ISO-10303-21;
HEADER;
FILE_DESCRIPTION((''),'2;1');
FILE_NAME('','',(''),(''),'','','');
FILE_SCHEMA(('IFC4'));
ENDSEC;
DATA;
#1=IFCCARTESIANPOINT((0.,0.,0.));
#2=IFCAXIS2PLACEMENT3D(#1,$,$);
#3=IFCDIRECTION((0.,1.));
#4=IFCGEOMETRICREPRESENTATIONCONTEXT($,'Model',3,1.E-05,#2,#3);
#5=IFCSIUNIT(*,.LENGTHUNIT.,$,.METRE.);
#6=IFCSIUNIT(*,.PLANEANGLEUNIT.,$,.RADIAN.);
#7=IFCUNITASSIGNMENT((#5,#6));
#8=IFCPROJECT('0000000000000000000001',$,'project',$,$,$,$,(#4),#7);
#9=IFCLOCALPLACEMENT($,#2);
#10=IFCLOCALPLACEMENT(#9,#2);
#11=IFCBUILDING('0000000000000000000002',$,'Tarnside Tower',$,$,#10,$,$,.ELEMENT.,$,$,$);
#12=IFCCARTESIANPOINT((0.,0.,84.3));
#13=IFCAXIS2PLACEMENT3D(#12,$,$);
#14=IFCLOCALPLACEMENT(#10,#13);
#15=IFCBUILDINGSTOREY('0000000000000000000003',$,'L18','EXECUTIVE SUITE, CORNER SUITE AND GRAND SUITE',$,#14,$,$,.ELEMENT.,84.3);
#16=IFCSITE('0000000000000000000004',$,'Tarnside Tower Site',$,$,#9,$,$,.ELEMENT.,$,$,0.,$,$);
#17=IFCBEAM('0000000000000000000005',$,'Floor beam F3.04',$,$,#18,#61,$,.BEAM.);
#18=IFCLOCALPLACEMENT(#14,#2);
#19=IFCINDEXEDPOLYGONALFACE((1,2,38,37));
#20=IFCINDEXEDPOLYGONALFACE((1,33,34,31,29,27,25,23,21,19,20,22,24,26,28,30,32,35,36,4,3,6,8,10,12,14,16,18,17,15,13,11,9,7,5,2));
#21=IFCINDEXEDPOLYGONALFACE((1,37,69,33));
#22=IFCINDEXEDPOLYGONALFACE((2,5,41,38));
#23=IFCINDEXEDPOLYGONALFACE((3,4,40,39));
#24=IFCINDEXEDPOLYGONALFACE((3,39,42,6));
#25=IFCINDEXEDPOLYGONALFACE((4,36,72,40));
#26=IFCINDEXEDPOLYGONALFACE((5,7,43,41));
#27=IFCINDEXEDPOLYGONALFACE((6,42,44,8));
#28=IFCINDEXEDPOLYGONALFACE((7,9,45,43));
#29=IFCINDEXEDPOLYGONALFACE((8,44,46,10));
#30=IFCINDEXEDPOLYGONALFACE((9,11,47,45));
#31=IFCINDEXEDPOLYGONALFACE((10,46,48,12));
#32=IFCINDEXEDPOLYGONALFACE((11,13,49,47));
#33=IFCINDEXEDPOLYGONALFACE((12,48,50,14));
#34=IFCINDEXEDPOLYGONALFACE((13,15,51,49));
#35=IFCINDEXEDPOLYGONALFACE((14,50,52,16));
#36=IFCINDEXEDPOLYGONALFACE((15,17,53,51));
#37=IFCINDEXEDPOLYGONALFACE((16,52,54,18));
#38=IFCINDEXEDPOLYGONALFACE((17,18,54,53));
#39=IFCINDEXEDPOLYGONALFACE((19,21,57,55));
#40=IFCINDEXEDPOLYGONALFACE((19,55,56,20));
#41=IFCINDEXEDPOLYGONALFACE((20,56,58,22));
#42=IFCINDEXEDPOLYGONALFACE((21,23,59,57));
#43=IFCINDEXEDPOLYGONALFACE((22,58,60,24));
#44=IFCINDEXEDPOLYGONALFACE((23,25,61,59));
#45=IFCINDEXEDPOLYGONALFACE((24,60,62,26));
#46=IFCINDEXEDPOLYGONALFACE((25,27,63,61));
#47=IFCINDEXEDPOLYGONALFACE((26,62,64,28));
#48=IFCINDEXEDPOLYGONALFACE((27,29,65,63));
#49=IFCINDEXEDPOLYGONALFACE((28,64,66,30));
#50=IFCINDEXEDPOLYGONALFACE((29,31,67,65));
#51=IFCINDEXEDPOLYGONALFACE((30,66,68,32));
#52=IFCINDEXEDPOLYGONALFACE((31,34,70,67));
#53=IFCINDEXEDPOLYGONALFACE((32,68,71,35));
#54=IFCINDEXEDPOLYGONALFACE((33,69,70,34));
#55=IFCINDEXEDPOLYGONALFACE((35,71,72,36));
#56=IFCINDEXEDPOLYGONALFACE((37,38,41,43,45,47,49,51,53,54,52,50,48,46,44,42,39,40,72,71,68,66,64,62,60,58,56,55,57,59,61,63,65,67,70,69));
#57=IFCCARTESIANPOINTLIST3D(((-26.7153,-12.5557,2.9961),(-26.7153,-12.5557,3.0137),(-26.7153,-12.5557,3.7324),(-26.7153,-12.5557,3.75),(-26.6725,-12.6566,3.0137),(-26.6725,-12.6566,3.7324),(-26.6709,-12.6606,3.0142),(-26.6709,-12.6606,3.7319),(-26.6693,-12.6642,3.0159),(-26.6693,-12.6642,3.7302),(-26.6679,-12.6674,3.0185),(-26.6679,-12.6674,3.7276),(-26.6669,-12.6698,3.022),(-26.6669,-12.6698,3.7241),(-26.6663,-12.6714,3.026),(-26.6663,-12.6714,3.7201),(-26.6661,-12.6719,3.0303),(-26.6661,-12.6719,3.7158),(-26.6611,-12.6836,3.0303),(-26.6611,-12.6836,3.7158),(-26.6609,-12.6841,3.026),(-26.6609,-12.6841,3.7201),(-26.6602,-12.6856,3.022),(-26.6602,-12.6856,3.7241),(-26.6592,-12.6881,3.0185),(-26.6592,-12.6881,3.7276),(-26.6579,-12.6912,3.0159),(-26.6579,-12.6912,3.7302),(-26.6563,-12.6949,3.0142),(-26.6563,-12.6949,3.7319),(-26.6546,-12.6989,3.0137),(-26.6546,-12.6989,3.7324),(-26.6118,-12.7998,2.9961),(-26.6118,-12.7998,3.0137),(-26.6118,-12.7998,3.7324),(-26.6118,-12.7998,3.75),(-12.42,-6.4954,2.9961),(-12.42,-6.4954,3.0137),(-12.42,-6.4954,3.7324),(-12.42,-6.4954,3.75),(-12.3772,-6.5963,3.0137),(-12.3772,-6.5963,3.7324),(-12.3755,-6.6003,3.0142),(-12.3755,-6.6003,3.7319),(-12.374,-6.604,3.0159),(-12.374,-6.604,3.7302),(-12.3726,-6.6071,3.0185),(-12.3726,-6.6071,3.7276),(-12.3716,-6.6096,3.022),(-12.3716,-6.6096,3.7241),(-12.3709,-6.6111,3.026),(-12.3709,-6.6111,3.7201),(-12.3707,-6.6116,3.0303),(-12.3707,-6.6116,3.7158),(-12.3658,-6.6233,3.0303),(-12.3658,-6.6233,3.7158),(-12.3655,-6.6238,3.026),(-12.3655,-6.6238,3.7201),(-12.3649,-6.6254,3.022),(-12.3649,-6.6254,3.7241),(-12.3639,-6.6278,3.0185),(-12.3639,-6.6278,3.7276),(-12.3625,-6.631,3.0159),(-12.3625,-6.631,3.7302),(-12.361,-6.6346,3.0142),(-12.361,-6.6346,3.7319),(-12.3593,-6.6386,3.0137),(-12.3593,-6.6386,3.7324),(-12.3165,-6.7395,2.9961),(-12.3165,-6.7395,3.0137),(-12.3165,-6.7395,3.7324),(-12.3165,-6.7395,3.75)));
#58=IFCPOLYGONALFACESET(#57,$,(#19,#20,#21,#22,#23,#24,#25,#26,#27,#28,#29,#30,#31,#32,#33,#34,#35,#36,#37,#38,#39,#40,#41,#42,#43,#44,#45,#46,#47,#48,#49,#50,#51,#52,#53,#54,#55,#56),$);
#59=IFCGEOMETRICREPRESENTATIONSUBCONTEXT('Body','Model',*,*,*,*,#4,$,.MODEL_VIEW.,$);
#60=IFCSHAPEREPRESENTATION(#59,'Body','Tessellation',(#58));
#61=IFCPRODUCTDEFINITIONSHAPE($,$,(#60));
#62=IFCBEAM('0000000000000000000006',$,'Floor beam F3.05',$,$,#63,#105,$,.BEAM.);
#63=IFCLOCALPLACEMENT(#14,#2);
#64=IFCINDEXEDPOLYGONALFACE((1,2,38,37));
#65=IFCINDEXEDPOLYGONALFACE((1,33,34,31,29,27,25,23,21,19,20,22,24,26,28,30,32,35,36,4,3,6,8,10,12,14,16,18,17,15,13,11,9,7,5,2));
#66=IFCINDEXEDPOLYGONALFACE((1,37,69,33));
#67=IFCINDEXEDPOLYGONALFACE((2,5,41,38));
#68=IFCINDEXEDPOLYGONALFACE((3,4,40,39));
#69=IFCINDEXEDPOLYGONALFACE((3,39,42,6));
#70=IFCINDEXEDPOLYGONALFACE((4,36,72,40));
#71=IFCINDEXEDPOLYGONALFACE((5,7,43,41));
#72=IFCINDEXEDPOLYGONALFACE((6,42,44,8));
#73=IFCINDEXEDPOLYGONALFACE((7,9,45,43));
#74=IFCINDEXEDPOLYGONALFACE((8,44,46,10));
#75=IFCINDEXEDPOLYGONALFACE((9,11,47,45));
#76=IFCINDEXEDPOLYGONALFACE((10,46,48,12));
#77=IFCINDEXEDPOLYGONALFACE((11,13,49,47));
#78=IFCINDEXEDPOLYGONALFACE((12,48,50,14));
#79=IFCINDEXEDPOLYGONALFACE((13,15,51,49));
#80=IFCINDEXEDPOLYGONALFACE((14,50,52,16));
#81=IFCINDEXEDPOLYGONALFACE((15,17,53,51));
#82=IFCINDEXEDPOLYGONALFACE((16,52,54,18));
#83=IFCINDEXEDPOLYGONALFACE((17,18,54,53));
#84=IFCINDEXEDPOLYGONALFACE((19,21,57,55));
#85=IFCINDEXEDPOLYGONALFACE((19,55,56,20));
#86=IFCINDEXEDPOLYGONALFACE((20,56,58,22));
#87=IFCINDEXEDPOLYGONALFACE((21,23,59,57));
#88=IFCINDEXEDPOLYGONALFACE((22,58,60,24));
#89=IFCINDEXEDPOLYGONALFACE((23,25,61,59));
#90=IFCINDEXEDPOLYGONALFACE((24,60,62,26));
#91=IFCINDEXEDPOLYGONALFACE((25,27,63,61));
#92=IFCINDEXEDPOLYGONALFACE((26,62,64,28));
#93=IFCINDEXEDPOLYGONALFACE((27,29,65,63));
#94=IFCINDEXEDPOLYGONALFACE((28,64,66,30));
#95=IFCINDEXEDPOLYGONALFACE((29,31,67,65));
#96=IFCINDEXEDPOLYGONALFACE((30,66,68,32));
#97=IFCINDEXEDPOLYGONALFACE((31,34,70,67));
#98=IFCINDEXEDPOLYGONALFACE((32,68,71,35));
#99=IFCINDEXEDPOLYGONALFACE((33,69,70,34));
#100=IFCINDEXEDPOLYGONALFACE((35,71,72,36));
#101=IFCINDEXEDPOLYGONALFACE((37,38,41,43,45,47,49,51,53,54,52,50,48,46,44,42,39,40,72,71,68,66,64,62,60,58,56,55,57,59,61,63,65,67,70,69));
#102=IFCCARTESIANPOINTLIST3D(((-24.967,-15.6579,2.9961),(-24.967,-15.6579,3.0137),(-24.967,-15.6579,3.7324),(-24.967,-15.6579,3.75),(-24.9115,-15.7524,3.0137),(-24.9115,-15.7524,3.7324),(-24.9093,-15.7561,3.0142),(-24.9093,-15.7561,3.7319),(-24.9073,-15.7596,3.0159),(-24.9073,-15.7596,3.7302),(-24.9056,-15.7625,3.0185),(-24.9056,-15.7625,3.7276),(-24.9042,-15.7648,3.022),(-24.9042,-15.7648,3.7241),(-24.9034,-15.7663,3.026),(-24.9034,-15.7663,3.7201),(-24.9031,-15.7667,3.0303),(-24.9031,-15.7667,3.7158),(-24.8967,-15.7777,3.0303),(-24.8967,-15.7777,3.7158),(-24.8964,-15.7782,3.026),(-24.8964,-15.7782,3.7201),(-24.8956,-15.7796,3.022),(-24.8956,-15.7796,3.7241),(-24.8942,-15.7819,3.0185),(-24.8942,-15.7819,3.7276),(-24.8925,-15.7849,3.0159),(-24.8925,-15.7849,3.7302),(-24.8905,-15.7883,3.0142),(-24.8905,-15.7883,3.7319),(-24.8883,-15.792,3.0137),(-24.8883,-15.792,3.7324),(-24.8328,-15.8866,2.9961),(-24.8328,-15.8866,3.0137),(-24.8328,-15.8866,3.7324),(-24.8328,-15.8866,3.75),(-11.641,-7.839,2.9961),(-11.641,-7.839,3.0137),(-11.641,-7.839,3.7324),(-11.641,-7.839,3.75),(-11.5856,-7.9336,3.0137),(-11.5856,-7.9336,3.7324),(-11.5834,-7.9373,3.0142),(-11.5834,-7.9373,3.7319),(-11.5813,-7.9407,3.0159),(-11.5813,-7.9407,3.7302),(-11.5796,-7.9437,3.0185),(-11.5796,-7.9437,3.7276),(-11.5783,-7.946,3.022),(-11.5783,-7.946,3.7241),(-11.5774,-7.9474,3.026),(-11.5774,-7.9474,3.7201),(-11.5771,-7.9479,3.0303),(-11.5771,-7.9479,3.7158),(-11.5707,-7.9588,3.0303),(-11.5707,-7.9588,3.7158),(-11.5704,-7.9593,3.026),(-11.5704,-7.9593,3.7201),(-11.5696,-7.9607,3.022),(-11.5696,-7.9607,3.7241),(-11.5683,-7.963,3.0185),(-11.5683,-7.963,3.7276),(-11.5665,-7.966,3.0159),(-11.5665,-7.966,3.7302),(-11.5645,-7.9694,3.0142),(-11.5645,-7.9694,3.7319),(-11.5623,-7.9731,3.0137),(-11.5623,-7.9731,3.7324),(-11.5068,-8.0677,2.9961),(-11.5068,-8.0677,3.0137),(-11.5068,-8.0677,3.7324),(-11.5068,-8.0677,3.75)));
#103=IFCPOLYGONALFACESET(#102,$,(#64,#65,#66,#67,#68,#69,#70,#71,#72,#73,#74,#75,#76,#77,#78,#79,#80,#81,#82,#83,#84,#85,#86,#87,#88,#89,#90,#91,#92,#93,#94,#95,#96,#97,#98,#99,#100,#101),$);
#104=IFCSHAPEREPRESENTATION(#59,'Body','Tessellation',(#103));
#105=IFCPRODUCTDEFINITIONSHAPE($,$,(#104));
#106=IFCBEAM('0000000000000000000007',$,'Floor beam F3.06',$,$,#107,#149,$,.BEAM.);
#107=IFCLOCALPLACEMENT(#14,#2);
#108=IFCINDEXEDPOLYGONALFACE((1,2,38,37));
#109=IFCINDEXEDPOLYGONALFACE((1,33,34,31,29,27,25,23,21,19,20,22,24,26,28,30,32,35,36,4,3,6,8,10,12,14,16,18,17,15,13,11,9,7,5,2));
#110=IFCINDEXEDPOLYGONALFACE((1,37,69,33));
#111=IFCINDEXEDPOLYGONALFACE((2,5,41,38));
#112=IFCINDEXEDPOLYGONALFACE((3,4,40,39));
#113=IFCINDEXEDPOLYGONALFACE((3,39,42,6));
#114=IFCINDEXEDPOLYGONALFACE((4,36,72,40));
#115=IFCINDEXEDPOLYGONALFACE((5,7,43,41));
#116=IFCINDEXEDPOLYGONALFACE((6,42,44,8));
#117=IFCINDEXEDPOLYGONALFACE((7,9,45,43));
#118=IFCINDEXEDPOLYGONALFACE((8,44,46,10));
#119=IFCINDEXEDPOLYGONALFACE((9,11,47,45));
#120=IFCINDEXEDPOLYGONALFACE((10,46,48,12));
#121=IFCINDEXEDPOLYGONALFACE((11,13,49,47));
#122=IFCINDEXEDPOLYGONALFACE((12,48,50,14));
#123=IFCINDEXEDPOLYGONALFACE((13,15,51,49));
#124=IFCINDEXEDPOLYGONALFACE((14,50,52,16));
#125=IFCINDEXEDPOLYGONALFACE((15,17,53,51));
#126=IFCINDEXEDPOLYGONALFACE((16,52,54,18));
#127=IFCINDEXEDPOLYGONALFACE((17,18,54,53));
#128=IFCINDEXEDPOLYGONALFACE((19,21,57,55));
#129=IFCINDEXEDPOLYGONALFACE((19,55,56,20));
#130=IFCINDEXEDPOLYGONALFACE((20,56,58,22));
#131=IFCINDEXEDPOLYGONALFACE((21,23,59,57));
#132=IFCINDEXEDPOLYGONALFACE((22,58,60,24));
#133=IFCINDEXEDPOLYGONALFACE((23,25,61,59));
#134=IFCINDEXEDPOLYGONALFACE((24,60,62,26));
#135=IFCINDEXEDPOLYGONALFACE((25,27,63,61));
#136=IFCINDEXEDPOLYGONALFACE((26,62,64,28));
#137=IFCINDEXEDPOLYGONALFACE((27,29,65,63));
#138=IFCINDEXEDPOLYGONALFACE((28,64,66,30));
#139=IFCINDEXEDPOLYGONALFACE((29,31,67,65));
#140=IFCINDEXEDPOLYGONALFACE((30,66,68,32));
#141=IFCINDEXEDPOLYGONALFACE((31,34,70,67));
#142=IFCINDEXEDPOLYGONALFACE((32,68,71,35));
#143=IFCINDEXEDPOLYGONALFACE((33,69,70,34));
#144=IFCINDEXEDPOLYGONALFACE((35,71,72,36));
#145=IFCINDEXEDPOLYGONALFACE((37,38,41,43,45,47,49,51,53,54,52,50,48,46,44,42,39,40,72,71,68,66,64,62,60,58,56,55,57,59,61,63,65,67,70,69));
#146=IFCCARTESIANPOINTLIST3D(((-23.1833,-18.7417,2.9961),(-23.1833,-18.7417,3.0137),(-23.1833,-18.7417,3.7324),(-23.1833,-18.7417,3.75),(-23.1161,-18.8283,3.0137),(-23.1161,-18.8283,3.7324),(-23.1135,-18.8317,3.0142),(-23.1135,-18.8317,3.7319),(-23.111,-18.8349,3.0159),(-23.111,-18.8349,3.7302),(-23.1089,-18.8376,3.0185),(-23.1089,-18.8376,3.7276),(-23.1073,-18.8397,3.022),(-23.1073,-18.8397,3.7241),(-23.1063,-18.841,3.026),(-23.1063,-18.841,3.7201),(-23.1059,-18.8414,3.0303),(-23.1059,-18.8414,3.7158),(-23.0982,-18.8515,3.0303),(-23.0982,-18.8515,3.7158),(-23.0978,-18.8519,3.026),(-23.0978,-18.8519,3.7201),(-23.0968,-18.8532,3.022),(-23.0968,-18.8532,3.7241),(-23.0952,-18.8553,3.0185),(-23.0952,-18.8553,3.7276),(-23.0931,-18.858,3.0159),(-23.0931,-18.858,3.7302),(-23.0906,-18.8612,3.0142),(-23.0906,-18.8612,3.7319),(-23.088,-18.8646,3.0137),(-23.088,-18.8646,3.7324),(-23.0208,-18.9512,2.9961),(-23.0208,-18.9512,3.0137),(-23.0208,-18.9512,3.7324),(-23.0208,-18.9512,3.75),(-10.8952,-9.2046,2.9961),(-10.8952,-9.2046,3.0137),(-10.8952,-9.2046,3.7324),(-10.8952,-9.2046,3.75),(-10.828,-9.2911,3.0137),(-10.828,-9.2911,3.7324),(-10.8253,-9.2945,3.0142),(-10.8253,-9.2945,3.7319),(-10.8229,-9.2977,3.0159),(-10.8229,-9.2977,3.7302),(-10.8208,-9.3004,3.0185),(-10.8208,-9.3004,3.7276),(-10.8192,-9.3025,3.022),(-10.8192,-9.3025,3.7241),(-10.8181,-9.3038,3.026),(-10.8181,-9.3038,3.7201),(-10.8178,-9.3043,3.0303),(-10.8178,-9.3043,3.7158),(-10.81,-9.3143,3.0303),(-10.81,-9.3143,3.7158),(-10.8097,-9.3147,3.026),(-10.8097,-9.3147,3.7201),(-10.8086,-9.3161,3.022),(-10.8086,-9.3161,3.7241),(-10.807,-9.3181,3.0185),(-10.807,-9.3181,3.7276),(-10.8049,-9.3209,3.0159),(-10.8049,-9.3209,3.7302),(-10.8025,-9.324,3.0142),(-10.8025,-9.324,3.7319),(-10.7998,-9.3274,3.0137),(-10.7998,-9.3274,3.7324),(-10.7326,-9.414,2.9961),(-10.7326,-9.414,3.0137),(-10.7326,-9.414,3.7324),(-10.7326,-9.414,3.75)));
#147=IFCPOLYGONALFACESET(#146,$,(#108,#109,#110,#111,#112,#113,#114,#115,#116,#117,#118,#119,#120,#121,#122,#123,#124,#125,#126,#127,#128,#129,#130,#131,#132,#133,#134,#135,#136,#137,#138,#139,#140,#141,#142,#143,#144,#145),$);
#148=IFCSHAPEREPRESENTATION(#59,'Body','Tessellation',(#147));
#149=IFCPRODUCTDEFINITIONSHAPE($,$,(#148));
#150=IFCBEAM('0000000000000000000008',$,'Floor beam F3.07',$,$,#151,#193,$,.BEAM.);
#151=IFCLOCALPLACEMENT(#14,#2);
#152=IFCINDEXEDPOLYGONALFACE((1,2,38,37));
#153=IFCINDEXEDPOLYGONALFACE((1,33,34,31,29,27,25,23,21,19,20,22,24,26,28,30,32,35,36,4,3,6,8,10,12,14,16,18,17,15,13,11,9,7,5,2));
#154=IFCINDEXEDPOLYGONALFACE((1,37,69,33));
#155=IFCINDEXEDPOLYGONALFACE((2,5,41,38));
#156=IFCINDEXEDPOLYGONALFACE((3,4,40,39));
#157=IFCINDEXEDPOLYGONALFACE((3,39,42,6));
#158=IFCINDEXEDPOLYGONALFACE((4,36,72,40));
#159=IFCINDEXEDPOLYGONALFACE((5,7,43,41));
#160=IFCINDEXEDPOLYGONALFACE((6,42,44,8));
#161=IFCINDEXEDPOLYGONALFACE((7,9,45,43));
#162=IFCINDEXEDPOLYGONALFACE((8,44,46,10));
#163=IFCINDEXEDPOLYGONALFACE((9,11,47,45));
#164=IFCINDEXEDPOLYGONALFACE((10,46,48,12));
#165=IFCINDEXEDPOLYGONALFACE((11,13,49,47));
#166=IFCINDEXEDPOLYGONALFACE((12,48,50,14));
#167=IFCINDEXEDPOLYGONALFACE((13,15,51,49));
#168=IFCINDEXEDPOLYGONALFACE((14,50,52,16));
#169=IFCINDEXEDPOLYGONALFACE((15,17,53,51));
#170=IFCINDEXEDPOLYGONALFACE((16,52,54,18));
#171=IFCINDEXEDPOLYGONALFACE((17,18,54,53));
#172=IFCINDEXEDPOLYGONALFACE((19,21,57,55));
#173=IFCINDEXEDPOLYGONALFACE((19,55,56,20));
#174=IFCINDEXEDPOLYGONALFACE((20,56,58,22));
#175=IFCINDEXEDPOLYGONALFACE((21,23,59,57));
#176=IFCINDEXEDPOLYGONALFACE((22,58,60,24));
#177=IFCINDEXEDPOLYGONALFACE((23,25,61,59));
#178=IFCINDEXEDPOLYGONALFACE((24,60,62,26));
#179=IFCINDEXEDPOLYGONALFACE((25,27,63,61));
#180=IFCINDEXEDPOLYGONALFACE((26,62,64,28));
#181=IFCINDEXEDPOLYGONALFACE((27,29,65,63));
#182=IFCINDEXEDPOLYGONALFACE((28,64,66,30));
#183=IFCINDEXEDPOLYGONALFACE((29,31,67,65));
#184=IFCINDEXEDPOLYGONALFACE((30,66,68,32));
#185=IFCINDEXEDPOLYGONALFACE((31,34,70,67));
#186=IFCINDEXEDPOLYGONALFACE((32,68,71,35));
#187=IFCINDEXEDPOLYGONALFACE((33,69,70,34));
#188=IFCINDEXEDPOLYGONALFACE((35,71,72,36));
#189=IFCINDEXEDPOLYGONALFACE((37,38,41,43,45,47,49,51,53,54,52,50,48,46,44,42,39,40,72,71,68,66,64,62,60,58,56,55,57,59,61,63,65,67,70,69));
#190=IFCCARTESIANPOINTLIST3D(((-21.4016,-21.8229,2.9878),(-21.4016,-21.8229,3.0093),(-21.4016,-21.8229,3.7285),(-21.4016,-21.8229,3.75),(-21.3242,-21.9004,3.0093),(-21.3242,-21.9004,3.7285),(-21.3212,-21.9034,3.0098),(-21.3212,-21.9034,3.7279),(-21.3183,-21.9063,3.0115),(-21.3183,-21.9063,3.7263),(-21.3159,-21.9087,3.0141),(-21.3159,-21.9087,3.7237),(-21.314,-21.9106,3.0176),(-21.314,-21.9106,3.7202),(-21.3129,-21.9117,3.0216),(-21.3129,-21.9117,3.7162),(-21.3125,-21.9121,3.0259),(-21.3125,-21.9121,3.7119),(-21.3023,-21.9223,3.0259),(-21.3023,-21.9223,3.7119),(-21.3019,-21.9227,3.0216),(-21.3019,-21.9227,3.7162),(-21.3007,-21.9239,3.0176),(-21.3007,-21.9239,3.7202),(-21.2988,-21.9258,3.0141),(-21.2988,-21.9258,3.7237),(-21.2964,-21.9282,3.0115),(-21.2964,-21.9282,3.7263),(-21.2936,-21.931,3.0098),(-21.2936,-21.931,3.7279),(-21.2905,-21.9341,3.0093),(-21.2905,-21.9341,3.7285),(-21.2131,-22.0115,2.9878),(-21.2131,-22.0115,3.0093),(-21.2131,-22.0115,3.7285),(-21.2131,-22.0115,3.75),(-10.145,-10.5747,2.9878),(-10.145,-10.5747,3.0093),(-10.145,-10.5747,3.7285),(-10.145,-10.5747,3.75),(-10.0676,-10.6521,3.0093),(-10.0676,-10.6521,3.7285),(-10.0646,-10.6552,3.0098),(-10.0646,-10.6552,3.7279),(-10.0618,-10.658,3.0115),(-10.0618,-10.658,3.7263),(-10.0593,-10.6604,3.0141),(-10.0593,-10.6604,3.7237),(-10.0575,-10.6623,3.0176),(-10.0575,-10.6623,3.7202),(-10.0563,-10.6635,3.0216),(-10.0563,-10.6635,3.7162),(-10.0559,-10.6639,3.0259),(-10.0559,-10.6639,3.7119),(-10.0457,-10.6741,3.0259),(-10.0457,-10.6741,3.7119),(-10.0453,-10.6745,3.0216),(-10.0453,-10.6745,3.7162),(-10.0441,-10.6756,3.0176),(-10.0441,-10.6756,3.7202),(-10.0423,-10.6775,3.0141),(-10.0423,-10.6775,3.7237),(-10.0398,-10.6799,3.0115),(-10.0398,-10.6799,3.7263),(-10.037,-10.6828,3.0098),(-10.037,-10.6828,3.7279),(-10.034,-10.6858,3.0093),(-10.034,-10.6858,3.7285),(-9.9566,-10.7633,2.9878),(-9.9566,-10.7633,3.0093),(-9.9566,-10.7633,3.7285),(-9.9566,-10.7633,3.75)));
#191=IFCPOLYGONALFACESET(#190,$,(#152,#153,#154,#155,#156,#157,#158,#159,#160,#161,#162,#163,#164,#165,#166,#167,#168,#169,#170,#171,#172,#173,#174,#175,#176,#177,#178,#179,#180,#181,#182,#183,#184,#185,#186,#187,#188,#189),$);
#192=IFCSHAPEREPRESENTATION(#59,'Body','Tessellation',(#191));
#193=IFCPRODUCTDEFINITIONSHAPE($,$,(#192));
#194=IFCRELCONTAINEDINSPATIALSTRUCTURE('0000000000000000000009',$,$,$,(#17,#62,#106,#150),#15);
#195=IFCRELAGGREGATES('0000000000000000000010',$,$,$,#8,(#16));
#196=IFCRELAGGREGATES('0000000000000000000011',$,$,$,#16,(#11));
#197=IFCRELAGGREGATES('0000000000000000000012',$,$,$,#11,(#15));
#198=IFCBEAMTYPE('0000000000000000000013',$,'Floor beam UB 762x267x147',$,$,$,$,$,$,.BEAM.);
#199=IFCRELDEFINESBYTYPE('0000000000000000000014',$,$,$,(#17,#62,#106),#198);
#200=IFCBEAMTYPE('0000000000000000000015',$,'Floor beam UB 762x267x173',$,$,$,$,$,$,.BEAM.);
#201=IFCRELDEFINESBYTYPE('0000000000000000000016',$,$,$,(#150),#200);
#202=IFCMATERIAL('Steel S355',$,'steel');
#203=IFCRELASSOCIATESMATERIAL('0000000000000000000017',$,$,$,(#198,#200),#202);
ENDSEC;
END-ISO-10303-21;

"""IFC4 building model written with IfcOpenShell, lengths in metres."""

from ifc_helpers import new_model, si_unit, direction, frame, origin, origin_2d, place, context, subcontext, project, spatial, i_section, extrude, material, material_profile, profile_set, type_object, element, save


model = new_model("IFC4")

# Units and contexts
model_context = context("Model", 3, precision=1e-05, world=origin(), true_north=direction((0.0, 1.0)))
body_context = subcontext(model_context, "Body", "Model", "MODEL_VIEW")
ifc_project = project(units=[si_unit("LENGTHUNIT", "METRE"), si_unit("PLANEANGLEUNIT", "RADIAN")], contexts=[model_context])

# Site, building, storey
site_placement = place(None, origin())
site = spatial("IfcSite", under=ifc_project, at=site_placement, Name="Tarnside Tower Site", CompositionType="ELEMENT", RefElevation=0.0)
building_placement = place(site_placement, origin())
building = spatial("IfcBuilding", under=site, at=building_placement, Name="Tarnside Tower", CompositionType="ELEMENT")
storey_placement = place(building_placement, frame((0.0, 0.0, 84.3)))
storey = spatial("IfcBuildingStorey", under=building, at=storey_placement, Name="L18", Description="EXECUTIVE SUITE, CORNER SUITE AND GRAND SUITE", CompositionType="ELEMENT", Elevation=84.3)

# Beams
ifc_material_1 = material(Name="Steel S355", Category="steel")
ifc_material_profile_1 = material_profile(ifc_material_1, i_section(OverallWidth=0.2651, OverallDepth=0.7539, WebThickness=0.0127, FlangeThickness=0.0176, FilletRadius=0.0166, at=origin_2d()), Name="UB 762x267x147")
ifc_profile_set_1 = profile_set([ifc_material_profile_1], Name="Steel S355")
beam_type_1 = type_object("IfcBeamType", Name="Floor beam UB 762x267x147", PredefinedType="BEAM", material=ifc_profile_set_1)
beam_1_placement = place(storey_placement, frame((-26.6636, -12.6777, 3.373), z_axis=(0.920684, 0.390309, 0.0), x_axis=(-0.390309, 0.920684, 0.0)))
element("IfcBeam", 1, at=beam_1_placement, inside=storey, type_object=beam_type_1, Name="Floor beam F3.04", PredefinedType="BEAM", context=body_context, shape_type="SweptSolid", body=[
    extrude(i_section(OverallWidth=0.2651, OverallDepth=0.7539, WebThickness=0.0127, FlangeThickness=0.0176, FilletRadius=0.0166, at=origin_2d()), origin(), (0.0, 0.0, 1.0), 15.5269),
])
beam_2_placement = place(storey_placement, frame((-24.8999, -15.7722, 3.373), z_axis=(0.862498, 0.506061, 0.0), x_axis=(-0.506061, 0.862498, 0.0)))
element("IfcBeam", 2, at=beam_2_placement, inside=storey, type_object=beam_type_1, Name="Floor beam F3.05", PredefinedType="BEAM", context=body_context, shape_type="SweptSolid", body=[
    extrude(i_section(OverallWidth=0.2651, OverallDepth=0.7539, WebThickness=0.0127, FlangeThickness=0.0176, FilletRadius=0.0166, at=origin_2d()), origin(), (0.0, 0.0, 1.0), 15.4504),
])
beam_3_placement = place(storey_placement, frame((-23.1021, -18.8464, 3.373), z_axis=(0.789984, 0.613128, 0.0), x_axis=(-0.613128, 0.789984, 0.0)))
element("IfcBeam", 3, at=beam_3_placement, inside=storey, type_object=beam_type_1, Name="Floor beam F3.06", PredefinedType="BEAM", context=body_context, shape_type="SweptSolid", body=[
    extrude(i_section(OverallWidth=0.2651, OverallDepth=0.7539, WebThickness=0.0127, FlangeThickness=0.0176, FilletRadius=0.0166, at=origin_2d()), origin(), (0.0, 0.0, 1.0), 15.5549),
])
ifc_material_profile_2 = material_profile(ifc_material_1, i_section(OverallWidth=0.2666, OverallDepth=0.7622, WebThickness=0.0144, FlangeThickness=0.0215, FilletRadius=0.0166, at=origin_2d()), Name="UB 762x267x173")
ifc_profile_set_2 = profile_set([ifc_material_profile_2], Name="Steel S355")
beam_type_2 = type_object("IfcBeamType", Name="Floor beam UB 762x267x173", PredefinedType="BEAM", material=ifc_profile_set_2)
beam_4_placement = place(storey_placement, frame((-21.3074, -21.9172, 3.3689), z_axis=(0.707368, 0.706846, 0.0), x_axis=(-0.706846, 0.707368, 0.0)))
element("IfcBeam", 4, at=beam_4_placement, inside=storey, type_object=beam_type_2, Name="Floor beam F3.07", PredefinedType="BEAM", context=body_context, shape_type="SweptSolid", body=[
    extrude(i_section(OverallWidth=0.2666, OverallDepth=0.7622, WebThickness=0.0144, FlangeThickness=0.0215, FilletRadius=0.0166, at=origin_2d()), origin(), (0.0, 0.0, 1.0), 15.9133),
])

save(model, "model.ifc")
